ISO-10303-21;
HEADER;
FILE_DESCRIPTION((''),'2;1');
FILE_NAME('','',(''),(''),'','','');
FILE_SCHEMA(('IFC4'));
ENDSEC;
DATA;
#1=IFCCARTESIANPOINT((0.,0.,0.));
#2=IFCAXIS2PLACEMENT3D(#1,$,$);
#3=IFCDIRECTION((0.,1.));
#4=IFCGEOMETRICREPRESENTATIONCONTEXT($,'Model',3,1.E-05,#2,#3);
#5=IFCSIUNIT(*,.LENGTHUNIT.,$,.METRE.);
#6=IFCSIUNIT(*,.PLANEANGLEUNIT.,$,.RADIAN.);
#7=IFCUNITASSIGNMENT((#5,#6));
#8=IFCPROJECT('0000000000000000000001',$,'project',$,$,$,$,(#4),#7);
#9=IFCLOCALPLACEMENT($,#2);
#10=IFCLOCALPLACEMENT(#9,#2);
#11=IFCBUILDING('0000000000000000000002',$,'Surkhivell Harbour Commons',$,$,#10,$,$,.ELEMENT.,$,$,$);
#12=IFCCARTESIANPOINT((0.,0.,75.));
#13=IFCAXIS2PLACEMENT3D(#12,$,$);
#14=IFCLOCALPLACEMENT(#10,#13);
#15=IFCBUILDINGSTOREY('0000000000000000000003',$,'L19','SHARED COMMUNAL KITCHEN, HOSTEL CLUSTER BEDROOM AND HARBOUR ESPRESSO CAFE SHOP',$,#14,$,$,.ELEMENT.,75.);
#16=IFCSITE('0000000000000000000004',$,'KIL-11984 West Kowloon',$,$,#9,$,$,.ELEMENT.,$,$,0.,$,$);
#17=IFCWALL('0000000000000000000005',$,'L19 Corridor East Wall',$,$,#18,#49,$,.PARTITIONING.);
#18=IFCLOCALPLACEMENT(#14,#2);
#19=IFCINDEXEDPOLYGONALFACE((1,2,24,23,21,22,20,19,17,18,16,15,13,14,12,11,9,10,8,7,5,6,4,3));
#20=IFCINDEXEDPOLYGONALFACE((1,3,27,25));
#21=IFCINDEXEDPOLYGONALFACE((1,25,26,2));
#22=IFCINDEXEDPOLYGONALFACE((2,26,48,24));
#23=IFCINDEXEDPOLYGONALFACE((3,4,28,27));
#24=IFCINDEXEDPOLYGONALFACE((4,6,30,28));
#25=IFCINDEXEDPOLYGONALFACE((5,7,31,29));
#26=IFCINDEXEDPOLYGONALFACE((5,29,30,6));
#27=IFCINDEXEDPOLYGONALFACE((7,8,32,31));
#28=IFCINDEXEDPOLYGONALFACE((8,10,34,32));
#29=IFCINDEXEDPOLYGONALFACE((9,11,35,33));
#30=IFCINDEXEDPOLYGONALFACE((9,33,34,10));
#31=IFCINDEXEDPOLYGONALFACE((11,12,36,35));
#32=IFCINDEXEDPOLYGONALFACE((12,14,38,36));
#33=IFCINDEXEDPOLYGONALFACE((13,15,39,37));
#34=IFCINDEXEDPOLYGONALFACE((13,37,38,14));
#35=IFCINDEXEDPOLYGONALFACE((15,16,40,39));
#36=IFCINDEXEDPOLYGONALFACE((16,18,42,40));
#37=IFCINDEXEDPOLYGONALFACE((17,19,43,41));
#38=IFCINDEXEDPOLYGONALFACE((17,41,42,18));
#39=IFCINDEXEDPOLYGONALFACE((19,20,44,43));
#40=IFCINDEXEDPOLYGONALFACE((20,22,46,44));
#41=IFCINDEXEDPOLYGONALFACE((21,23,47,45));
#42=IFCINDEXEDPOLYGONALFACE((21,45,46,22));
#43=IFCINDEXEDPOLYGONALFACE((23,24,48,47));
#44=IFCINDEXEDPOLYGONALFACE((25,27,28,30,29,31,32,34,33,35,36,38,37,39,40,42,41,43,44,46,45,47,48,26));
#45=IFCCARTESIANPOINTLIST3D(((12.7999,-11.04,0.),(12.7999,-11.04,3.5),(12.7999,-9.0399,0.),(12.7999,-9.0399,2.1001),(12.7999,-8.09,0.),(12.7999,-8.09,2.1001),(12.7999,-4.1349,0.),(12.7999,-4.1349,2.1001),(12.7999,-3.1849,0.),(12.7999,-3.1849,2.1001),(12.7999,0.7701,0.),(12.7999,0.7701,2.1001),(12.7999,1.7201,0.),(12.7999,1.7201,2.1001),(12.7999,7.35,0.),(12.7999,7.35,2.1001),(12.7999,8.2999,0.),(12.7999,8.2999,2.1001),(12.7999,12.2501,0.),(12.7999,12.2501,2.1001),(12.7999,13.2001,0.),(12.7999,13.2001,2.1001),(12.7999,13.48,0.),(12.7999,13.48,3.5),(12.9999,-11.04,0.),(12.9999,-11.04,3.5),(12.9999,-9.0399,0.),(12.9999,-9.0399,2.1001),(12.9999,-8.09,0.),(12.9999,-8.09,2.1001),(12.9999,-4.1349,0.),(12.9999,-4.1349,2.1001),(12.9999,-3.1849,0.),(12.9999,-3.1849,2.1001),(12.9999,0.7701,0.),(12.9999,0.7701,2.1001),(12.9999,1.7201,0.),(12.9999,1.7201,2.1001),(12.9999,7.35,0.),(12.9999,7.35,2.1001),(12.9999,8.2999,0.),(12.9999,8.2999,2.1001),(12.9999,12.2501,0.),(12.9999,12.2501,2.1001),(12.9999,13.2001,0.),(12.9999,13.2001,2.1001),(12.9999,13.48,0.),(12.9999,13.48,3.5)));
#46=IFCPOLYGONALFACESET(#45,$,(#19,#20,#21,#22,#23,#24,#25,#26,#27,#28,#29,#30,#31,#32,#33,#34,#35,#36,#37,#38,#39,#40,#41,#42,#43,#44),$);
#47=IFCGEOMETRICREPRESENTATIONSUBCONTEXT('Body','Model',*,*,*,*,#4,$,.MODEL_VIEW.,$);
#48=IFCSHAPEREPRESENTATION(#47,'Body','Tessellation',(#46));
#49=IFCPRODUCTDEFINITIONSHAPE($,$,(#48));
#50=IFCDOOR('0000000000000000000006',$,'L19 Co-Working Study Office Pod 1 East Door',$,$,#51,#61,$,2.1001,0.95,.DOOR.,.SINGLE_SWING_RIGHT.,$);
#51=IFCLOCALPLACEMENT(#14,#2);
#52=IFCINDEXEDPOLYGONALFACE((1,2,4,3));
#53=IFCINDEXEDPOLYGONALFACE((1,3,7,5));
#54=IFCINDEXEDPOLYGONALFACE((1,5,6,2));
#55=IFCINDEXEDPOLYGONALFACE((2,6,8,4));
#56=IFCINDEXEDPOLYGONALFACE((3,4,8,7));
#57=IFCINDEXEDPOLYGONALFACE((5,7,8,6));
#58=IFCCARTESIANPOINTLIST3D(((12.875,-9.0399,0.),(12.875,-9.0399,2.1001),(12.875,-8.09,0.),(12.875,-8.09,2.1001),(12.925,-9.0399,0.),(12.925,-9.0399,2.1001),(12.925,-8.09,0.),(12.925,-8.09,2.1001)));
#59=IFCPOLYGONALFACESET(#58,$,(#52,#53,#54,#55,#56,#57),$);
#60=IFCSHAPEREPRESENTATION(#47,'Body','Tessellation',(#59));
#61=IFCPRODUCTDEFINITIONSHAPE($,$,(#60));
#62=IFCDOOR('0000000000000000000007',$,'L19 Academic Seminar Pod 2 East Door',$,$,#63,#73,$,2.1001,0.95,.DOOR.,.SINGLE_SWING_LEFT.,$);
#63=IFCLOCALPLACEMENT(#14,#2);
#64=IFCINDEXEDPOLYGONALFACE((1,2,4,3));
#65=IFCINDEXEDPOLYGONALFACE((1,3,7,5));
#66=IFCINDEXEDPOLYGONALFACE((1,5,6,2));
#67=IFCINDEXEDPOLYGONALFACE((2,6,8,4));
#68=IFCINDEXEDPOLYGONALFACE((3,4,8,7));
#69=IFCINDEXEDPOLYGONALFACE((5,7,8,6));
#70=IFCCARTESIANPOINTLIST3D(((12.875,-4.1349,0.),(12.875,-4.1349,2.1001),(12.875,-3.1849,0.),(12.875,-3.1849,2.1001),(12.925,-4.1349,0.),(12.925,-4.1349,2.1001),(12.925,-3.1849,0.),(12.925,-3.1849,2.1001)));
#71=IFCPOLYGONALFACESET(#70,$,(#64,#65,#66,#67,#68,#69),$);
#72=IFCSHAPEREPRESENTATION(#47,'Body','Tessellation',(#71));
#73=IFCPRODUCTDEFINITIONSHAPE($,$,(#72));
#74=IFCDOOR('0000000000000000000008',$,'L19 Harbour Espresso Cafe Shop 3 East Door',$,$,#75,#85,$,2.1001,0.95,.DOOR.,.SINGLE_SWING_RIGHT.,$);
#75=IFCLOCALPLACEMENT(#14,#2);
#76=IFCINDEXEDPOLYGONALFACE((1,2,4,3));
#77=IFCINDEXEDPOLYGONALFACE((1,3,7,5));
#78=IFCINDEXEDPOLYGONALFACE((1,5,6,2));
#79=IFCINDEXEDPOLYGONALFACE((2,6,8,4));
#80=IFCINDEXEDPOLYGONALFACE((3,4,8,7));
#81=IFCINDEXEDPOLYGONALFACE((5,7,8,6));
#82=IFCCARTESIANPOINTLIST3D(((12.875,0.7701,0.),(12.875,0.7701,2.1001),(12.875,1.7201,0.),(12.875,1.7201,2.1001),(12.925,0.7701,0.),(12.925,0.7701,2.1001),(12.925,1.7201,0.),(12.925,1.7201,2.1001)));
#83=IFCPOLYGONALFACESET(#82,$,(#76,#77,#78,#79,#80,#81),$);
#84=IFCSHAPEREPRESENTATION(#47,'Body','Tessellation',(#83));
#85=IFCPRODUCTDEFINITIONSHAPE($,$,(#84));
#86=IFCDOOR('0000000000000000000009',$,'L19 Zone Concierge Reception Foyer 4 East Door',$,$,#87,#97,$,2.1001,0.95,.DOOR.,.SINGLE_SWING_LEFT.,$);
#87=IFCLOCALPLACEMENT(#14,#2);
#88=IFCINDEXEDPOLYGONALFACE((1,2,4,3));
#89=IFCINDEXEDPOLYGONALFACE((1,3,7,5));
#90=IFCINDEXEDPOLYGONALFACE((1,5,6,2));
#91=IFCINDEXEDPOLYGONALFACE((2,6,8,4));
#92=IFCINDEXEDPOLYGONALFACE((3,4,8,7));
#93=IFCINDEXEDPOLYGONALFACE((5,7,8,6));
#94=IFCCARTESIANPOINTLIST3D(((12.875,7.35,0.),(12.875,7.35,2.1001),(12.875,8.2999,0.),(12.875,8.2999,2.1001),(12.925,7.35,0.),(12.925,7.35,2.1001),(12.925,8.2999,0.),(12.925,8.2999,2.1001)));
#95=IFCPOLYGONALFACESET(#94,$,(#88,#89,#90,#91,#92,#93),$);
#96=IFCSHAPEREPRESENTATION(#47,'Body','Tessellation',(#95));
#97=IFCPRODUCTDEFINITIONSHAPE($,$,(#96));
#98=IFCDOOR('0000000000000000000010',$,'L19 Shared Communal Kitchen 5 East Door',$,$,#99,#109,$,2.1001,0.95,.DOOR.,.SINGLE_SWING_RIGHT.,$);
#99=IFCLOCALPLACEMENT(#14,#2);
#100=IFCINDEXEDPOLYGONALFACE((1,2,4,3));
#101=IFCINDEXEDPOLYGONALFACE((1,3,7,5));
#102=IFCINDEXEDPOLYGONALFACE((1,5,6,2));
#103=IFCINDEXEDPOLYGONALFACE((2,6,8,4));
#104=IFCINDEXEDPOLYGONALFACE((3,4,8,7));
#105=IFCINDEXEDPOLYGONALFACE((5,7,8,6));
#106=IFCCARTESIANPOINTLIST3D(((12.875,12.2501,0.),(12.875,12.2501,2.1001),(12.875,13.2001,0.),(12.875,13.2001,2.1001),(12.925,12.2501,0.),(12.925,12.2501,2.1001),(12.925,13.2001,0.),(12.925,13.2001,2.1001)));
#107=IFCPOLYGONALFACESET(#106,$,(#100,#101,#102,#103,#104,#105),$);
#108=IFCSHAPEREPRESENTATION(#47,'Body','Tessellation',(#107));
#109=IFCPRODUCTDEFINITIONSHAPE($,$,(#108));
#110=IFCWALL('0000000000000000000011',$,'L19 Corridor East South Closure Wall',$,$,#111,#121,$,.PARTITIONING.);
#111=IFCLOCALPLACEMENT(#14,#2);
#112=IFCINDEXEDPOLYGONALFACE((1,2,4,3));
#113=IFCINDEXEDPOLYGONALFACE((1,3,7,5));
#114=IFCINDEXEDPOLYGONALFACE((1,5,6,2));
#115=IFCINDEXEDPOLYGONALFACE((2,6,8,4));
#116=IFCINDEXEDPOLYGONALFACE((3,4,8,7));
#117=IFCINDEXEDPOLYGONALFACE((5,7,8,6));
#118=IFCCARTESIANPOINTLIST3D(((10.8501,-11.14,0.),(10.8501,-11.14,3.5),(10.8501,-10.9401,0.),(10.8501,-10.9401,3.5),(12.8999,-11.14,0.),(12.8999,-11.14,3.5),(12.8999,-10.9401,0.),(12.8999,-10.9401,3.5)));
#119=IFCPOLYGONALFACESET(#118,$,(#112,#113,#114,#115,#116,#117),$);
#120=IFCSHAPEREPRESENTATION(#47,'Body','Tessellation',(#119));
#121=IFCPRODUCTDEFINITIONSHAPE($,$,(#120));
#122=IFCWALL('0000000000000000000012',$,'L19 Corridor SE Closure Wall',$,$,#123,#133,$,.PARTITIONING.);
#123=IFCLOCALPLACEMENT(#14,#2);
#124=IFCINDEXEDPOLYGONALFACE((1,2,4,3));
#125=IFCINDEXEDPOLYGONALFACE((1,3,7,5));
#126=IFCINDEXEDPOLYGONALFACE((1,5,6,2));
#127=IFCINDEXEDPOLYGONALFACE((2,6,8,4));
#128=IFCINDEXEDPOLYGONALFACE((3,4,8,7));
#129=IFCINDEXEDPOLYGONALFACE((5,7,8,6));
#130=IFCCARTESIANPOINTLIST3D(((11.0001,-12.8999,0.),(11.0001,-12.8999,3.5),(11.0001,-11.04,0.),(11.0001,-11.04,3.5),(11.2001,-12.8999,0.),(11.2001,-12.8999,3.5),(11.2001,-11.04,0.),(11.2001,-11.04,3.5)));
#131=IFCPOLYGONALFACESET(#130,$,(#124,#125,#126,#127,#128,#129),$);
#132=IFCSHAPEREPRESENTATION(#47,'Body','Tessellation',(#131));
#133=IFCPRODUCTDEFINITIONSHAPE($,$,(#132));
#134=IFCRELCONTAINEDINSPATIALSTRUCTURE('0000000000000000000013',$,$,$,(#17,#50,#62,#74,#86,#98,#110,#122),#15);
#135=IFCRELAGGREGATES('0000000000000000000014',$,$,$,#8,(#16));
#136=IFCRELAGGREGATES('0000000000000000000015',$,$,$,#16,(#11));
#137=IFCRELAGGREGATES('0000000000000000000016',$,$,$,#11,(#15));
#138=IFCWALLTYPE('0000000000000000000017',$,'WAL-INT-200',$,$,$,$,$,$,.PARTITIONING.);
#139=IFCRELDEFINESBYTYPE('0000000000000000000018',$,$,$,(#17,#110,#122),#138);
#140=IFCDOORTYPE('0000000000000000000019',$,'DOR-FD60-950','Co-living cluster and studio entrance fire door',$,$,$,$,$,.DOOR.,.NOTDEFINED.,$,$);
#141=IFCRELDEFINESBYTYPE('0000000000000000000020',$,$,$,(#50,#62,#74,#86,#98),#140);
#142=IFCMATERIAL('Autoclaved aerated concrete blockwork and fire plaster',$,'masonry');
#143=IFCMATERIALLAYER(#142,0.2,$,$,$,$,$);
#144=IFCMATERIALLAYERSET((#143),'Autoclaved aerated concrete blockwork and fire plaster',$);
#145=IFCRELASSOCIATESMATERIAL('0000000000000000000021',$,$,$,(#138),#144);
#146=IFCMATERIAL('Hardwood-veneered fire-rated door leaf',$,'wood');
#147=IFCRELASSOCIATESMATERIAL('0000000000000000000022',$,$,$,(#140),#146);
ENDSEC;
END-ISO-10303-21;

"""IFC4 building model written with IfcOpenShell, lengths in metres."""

from ifc_helpers import new_model, si_unit, direction, frame, frame_2d, origin, place, context, subcontext, project, spatial, rectangle, extrude, material, layer, layer_set, type_object, element, fill, save


model = new_model("IFC4")

# Units and contexts
model_context = context("Model", 3, precision=1e-05, world=origin(), true_north=direction((0.0, 1.0)))
body_context = subcontext(model_context, "Body", "Model", "MODEL_VIEW")
ifc_project = project(units=[si_unit("LENGTHUNIT", "METRE"), si_unit("PLANEANGLEUNIT", "RADIAN")], contexts=[model_context])

# Site, building, storey
site_placement = place(None, origin())
site = spatial("IfcSite", under=ifc_project, at=site_placement, Name="KIL-11984 West Kowloon", CompositionType="ELEMENT", RefElevation=0.0)
building_placement = place(site_placement, origin())
building = spatial("IfcBuilding", under=site, at=building_placement, Name="Surkhivell Harbour Commons", CompositionType="ELEMENT")
storey_placement = place(building_placement, frame((0.0, 0.0, 75.0)))
storey = spatial("IfcBuildingStorey", under=building, at=storey_placement, Name="L19", Description="SHARED COMMUNAL KITCHEN, HOSTEL CLUSTER BEDROOM AND HARBOUR ESPRESSO CAFE SHOP", CompositionType="ELEMENT", Elevation=75.0)

# Shared definitions
ifc_material_1 = material(Name="Hardwood-veneered fire-rated door leaf", Category="wood")

# Shared definitions
ifc_material_2 = material(Name="Autoclaved aerated concrete blockwork and fire plaster", Category="masonry")
ifc_layer_1 = layer(ifc_material_2, 0.2)
ifc_layer_set_1 = layer_set([ifc_layer_1], Name="Autoclaved aerated concrete blockwork and fire plaster")
wall_type_1 = type_object("IfcWallType", Name="WAL-INT-200", PredefinedType="PARTITIONING", material=ifc_layer_set_1)

# Wall, openings, doors
wall_1_placement = place(storey_placement, frame((12.8999, -11.04, 0.0), z_axis=(0.0, 0.0, 1.0), x_axis=(0.0, 1.0, 0.0)))
wall_1 = element("IfcWall", 1, at=wall_1_placement, inside=storey, type_object=wall_type_1, Name="L19 Corridor East Wall", PredefinedType="PARTITIONING", context=body_context, shape_type="SweptSolid", body=[
    extrude(rectangle(XDim=24.52, YDim=0.2, at=frame_2d((12.26, 0.0))), origin(), (0.0, 0.0, 1.0), 3.5),
])
opening_1_placement = place(wall_1_placement, frame((2.0, 0.0, 0.0)))
opening_1 = element("IfcOpeningElement", 2, at=opening_1_placement, cuts=wall_1, PredefinedType="OPENING", context=body_context, shape_type="SweptSolid", body=[
    extrude(rectangle(XDim=0.95, YDim=2.1001, at=frame_2d((0.4751, 1.05))), frame((0.0, 0.1099, 0.0), z_axis=(0.0, -1.0, 0.0), x_axis=(1.0, 0.0, 0.0)), (0.0, 0.0, 1.0), 0.22),
])
opening_2_placement = place(wall_1_placement, frame((6.905, 0.0, 0.0)))
opening_2 = element("IfcOpeningElement", 3, at=opening_2_placement, cuts=wall_1, PredefinedType="OPENING", context=body_context, shape_type="SweptSolid", body=[
    extrude(rectangle(XDim=0.95, YDim=2.1001, at=frame_2d((0.4751, 1.05))), frame((0.0, 0.1099, 0.0), z_axis=(0.0, -1.0, 0.0), x_axis=(1.0, 0.0, 0.0)), (0.0, 0.0, 1.0), 0.22),
])
opening_3_placement = place(wall_1_placement, frame((11.8101, 0.0, 0.0)))
opening_3 = element("IfcOpeningElement", 4, at=opening_3_placement, cuts=wall_1, PredefinedType="OPENING", context=body_context, shape_type="SweptSolid", body=[
    extrude(rectangle(XDim=0.95, YDim=2.1001, at=frame_2d((0.4751, 1.05))), frame((0.0, 0.1099, 0.0), z_axis=(0.0, -1.0, 0.0), x_axis=(1.0, 0.0, 0.0)), (0.0, 0.0, 1.0), 0.22),
])
opening_4_placement = place(wall_1_placement, frame((18.3899, 0.0, 0.0)))
opening_4 = element("IfcOpeningElement", 5, at=opening_4_placement, cuts=wall_1, PredefinedType="OPENING", context=body_context, shape_type="SweptSolid", body=[
    extrude(rectangle(XDim=0.95, YDim=2.1001, at=frame_2d((0.4751, 1.05))), frame((0.0, 0.1099, 0.0), z_axis=(0.0, -1.0, 0.0), x_axis=(1.0, 0.0, 0.0)), (0.0, 0.0, 1.0), 0.22),
])
opening_5_placement = place(wall_1_placement, frame((23.29, 0.0, 0.0)))
opening_5 = element("IfcOpeningElement", 6, at=opening_5_placement, cuts=wall_1, PredefinedType="OPENING", context=body_context, shape_type="SweptSolid", body=[
    extrude(rectangle(XDim=0.95, YDim=2.1001, at=frame_2d((0.4751, 1.05))), frame((0.0, 0.1099, 0.0), z_axis=(0.0, -1.0, 0.0), x_axis=(1.0, 0.0, 0.0)), (0.0, 0.0, 1.0), 0.22),
])
door_type_1 = type_object("IfcDoorType", Name="DOR-FD60-950", Description="Co-living cluster and studio entrance fire door", OperationType="NOTDEFINED", PredefinedType="DOOR", material=ifc_material_1)
door_1_placement = place(opening_1_placement, origin())
door_1 = element("IfcDoor", 7, at=door_1_placement, inside=storey, type_object=door_type_1, Name="L19 Co-Working Study Office Pod 1 East Door", OperationType="SINGLE_SWING_RIGHT", OverallHeight=2.1001, OverallWidth=0.95, PredefinedType="DOOR", context=body_context, shape_type="SweptSolid", body=[
    extrude(rectangle(XDim=0.95, YDim=2.1001, at=frame_2d((0.4751, 1.05))), frame((0.0, 0.0249, 0.0), z_axis=(0.0, -1.0, 0.0), x_axis=(1.0, 0.0, 0.0)), (0.0, 0.0, 1.0), 0.05),
])
fill(opening_1, door_1)
door_2_placement = place(opening_2_placement, origin())
door_2 = element("IfcDoor", 8, at=door_2_placement, inside=storey, type_object=door_type_1, Name="L19 Academic Seminar Pod 2 East Door", OperationType="SINGLE_SWING_LEFT", OverallHeight=2.1001, OverallWidth=0.95, PredefinedType="DOOR", context=body_context, shape_type="SweptSolid", body=[
    extrude(rectangle(XDim=0.95, YDim=2.1001, at=frame_2d((0.4751, 1.05))), frame((0.0, 0.0249, 0.0), z_axis=(0.0, -1.0, 0.0), x_axis=(1.0, 0.0, 0.0)), (0.0, 0.0, 1.0), 0.05),
])
fill(opening_2, door_2)
door_3_placement = place(opening_3_placement, origin())
door_3 = element("IfcDoor", 9, at=door_3_placement, inside=storey, type_object=door_type_1, Name="L19 Harbour Espresso Cafe Shop 3 East Door", OperationType="SINGLE_SWING_RIGHT", OverallHeight=2.1001, OverallWidth=0.95, PredefinedType="DOOR", context=body_context, shape_type="SweptSolid", body=[
    extrude(rectangle(XDim=0.95, YDim=2.1001, at=frame_2d((0.4751, 1.05))), frame((0.0, 0.0249, 0.0), z_axis=(0.0, -1.0, 0.0), x_axis=(1.0, 0.0, 0.0)), (0.0, 0.0, 1.0), 0.05),
])
fill(opening_3, door_3)
door_4_placement = place(opening_4_placement, origin())
door_4 = element("IfcDoor", 10, at=door_4_placement, inside=storey, type_object=door_type_1, Name="L19 Zone Concierge Reception Foyer 4 East Door", OperationType="SINGLE_SWING_LEFT", OverallHeight=2.1001, OverallWidth=0.95, PredefinedType="DOOR", context=body_context, shape_type="SweptSolid", body=[
    extrude(rectangle(XDim=0.95, YDim=2.1001, at=frame_2d((0.4751, 1.05))), frame((0.0, 0.0249, 0.0), z_axis=(0.0, -1.0, 0.0), x_axis=(1.0, 0.0, 0.0)), (0.0, 0.0, 1.0), 0.05),
])
fill(opening_4, door_4)
door_5_placement = place(opening_5_placement, origin())
door_5 = element("IfcDoor", 11, at=door_5_placement, inside=storey, type_object=door_type_1, Name="L19 Shared Communal Kitchen 5 East Door", OperationType="SINGLE_SWING_RIGHT", OverallHeight=2.1001, OverallWidth=0.95, PredefinedType="DOOR", context=body_context, shape_type="SweptSolid", body=[
    extrude(rectangle(XDim=0.95, YDim=2.1001, at=frame_2d((0.4751, 1.05))), frame((0.0, 0.0249, 0.0), z_axis=(0.0, -1.0, 0.0), x_axis=(1.0, 0.0, 0.0)), (0.0, 0.0, 1.0), 0.05),
])
fill(opening_5, door_5)

# Walls
wall_2_placement = place(storey_placement, frame((10.8501, -11.04, 0.0), z_axis=(0.0, 0.0, 1.0), x_axis=(1.0, 0.0, 0.0)))
element("IfcWall", 12, at=wall_2_placement, inside=storey, type_object=wall_type_1, Name="L19 Corridor East South Closure Wall", PredefinedType="PARTITIONING", context=body_context, shape_type="SweptSolid", body=[
    extrude(rectangle(XDim=2.0498, YDim=0.2, at=frame_2d((1.0249, 0.0))), origin(), (0.0, 0.0, 1.0), 3.5),
])
wall_3_placement = place(storey_placement, frame((11.1001, -12.8999, 0.0), z_axis=(0.0, 0.0, 1.0), x_axis=(0.0, 1.0, 0.0)))
element("IfcWall", 13, at=wall_3_placement, inside=storey, type_object=wall_type_1, Name="L19 Corridor SE Closure Wall", PredefinedType="PARTITIONING", context=body_context, shape_type="SweptSolid", body=[
    extrude(rectangle(XDim=1.8599, YDim=0.2, at=frame_2d((0.9299, 0.0))), origin(), (0.0, 0.0, 1.0), 3.5),
])

save(model, "model.ifc")
